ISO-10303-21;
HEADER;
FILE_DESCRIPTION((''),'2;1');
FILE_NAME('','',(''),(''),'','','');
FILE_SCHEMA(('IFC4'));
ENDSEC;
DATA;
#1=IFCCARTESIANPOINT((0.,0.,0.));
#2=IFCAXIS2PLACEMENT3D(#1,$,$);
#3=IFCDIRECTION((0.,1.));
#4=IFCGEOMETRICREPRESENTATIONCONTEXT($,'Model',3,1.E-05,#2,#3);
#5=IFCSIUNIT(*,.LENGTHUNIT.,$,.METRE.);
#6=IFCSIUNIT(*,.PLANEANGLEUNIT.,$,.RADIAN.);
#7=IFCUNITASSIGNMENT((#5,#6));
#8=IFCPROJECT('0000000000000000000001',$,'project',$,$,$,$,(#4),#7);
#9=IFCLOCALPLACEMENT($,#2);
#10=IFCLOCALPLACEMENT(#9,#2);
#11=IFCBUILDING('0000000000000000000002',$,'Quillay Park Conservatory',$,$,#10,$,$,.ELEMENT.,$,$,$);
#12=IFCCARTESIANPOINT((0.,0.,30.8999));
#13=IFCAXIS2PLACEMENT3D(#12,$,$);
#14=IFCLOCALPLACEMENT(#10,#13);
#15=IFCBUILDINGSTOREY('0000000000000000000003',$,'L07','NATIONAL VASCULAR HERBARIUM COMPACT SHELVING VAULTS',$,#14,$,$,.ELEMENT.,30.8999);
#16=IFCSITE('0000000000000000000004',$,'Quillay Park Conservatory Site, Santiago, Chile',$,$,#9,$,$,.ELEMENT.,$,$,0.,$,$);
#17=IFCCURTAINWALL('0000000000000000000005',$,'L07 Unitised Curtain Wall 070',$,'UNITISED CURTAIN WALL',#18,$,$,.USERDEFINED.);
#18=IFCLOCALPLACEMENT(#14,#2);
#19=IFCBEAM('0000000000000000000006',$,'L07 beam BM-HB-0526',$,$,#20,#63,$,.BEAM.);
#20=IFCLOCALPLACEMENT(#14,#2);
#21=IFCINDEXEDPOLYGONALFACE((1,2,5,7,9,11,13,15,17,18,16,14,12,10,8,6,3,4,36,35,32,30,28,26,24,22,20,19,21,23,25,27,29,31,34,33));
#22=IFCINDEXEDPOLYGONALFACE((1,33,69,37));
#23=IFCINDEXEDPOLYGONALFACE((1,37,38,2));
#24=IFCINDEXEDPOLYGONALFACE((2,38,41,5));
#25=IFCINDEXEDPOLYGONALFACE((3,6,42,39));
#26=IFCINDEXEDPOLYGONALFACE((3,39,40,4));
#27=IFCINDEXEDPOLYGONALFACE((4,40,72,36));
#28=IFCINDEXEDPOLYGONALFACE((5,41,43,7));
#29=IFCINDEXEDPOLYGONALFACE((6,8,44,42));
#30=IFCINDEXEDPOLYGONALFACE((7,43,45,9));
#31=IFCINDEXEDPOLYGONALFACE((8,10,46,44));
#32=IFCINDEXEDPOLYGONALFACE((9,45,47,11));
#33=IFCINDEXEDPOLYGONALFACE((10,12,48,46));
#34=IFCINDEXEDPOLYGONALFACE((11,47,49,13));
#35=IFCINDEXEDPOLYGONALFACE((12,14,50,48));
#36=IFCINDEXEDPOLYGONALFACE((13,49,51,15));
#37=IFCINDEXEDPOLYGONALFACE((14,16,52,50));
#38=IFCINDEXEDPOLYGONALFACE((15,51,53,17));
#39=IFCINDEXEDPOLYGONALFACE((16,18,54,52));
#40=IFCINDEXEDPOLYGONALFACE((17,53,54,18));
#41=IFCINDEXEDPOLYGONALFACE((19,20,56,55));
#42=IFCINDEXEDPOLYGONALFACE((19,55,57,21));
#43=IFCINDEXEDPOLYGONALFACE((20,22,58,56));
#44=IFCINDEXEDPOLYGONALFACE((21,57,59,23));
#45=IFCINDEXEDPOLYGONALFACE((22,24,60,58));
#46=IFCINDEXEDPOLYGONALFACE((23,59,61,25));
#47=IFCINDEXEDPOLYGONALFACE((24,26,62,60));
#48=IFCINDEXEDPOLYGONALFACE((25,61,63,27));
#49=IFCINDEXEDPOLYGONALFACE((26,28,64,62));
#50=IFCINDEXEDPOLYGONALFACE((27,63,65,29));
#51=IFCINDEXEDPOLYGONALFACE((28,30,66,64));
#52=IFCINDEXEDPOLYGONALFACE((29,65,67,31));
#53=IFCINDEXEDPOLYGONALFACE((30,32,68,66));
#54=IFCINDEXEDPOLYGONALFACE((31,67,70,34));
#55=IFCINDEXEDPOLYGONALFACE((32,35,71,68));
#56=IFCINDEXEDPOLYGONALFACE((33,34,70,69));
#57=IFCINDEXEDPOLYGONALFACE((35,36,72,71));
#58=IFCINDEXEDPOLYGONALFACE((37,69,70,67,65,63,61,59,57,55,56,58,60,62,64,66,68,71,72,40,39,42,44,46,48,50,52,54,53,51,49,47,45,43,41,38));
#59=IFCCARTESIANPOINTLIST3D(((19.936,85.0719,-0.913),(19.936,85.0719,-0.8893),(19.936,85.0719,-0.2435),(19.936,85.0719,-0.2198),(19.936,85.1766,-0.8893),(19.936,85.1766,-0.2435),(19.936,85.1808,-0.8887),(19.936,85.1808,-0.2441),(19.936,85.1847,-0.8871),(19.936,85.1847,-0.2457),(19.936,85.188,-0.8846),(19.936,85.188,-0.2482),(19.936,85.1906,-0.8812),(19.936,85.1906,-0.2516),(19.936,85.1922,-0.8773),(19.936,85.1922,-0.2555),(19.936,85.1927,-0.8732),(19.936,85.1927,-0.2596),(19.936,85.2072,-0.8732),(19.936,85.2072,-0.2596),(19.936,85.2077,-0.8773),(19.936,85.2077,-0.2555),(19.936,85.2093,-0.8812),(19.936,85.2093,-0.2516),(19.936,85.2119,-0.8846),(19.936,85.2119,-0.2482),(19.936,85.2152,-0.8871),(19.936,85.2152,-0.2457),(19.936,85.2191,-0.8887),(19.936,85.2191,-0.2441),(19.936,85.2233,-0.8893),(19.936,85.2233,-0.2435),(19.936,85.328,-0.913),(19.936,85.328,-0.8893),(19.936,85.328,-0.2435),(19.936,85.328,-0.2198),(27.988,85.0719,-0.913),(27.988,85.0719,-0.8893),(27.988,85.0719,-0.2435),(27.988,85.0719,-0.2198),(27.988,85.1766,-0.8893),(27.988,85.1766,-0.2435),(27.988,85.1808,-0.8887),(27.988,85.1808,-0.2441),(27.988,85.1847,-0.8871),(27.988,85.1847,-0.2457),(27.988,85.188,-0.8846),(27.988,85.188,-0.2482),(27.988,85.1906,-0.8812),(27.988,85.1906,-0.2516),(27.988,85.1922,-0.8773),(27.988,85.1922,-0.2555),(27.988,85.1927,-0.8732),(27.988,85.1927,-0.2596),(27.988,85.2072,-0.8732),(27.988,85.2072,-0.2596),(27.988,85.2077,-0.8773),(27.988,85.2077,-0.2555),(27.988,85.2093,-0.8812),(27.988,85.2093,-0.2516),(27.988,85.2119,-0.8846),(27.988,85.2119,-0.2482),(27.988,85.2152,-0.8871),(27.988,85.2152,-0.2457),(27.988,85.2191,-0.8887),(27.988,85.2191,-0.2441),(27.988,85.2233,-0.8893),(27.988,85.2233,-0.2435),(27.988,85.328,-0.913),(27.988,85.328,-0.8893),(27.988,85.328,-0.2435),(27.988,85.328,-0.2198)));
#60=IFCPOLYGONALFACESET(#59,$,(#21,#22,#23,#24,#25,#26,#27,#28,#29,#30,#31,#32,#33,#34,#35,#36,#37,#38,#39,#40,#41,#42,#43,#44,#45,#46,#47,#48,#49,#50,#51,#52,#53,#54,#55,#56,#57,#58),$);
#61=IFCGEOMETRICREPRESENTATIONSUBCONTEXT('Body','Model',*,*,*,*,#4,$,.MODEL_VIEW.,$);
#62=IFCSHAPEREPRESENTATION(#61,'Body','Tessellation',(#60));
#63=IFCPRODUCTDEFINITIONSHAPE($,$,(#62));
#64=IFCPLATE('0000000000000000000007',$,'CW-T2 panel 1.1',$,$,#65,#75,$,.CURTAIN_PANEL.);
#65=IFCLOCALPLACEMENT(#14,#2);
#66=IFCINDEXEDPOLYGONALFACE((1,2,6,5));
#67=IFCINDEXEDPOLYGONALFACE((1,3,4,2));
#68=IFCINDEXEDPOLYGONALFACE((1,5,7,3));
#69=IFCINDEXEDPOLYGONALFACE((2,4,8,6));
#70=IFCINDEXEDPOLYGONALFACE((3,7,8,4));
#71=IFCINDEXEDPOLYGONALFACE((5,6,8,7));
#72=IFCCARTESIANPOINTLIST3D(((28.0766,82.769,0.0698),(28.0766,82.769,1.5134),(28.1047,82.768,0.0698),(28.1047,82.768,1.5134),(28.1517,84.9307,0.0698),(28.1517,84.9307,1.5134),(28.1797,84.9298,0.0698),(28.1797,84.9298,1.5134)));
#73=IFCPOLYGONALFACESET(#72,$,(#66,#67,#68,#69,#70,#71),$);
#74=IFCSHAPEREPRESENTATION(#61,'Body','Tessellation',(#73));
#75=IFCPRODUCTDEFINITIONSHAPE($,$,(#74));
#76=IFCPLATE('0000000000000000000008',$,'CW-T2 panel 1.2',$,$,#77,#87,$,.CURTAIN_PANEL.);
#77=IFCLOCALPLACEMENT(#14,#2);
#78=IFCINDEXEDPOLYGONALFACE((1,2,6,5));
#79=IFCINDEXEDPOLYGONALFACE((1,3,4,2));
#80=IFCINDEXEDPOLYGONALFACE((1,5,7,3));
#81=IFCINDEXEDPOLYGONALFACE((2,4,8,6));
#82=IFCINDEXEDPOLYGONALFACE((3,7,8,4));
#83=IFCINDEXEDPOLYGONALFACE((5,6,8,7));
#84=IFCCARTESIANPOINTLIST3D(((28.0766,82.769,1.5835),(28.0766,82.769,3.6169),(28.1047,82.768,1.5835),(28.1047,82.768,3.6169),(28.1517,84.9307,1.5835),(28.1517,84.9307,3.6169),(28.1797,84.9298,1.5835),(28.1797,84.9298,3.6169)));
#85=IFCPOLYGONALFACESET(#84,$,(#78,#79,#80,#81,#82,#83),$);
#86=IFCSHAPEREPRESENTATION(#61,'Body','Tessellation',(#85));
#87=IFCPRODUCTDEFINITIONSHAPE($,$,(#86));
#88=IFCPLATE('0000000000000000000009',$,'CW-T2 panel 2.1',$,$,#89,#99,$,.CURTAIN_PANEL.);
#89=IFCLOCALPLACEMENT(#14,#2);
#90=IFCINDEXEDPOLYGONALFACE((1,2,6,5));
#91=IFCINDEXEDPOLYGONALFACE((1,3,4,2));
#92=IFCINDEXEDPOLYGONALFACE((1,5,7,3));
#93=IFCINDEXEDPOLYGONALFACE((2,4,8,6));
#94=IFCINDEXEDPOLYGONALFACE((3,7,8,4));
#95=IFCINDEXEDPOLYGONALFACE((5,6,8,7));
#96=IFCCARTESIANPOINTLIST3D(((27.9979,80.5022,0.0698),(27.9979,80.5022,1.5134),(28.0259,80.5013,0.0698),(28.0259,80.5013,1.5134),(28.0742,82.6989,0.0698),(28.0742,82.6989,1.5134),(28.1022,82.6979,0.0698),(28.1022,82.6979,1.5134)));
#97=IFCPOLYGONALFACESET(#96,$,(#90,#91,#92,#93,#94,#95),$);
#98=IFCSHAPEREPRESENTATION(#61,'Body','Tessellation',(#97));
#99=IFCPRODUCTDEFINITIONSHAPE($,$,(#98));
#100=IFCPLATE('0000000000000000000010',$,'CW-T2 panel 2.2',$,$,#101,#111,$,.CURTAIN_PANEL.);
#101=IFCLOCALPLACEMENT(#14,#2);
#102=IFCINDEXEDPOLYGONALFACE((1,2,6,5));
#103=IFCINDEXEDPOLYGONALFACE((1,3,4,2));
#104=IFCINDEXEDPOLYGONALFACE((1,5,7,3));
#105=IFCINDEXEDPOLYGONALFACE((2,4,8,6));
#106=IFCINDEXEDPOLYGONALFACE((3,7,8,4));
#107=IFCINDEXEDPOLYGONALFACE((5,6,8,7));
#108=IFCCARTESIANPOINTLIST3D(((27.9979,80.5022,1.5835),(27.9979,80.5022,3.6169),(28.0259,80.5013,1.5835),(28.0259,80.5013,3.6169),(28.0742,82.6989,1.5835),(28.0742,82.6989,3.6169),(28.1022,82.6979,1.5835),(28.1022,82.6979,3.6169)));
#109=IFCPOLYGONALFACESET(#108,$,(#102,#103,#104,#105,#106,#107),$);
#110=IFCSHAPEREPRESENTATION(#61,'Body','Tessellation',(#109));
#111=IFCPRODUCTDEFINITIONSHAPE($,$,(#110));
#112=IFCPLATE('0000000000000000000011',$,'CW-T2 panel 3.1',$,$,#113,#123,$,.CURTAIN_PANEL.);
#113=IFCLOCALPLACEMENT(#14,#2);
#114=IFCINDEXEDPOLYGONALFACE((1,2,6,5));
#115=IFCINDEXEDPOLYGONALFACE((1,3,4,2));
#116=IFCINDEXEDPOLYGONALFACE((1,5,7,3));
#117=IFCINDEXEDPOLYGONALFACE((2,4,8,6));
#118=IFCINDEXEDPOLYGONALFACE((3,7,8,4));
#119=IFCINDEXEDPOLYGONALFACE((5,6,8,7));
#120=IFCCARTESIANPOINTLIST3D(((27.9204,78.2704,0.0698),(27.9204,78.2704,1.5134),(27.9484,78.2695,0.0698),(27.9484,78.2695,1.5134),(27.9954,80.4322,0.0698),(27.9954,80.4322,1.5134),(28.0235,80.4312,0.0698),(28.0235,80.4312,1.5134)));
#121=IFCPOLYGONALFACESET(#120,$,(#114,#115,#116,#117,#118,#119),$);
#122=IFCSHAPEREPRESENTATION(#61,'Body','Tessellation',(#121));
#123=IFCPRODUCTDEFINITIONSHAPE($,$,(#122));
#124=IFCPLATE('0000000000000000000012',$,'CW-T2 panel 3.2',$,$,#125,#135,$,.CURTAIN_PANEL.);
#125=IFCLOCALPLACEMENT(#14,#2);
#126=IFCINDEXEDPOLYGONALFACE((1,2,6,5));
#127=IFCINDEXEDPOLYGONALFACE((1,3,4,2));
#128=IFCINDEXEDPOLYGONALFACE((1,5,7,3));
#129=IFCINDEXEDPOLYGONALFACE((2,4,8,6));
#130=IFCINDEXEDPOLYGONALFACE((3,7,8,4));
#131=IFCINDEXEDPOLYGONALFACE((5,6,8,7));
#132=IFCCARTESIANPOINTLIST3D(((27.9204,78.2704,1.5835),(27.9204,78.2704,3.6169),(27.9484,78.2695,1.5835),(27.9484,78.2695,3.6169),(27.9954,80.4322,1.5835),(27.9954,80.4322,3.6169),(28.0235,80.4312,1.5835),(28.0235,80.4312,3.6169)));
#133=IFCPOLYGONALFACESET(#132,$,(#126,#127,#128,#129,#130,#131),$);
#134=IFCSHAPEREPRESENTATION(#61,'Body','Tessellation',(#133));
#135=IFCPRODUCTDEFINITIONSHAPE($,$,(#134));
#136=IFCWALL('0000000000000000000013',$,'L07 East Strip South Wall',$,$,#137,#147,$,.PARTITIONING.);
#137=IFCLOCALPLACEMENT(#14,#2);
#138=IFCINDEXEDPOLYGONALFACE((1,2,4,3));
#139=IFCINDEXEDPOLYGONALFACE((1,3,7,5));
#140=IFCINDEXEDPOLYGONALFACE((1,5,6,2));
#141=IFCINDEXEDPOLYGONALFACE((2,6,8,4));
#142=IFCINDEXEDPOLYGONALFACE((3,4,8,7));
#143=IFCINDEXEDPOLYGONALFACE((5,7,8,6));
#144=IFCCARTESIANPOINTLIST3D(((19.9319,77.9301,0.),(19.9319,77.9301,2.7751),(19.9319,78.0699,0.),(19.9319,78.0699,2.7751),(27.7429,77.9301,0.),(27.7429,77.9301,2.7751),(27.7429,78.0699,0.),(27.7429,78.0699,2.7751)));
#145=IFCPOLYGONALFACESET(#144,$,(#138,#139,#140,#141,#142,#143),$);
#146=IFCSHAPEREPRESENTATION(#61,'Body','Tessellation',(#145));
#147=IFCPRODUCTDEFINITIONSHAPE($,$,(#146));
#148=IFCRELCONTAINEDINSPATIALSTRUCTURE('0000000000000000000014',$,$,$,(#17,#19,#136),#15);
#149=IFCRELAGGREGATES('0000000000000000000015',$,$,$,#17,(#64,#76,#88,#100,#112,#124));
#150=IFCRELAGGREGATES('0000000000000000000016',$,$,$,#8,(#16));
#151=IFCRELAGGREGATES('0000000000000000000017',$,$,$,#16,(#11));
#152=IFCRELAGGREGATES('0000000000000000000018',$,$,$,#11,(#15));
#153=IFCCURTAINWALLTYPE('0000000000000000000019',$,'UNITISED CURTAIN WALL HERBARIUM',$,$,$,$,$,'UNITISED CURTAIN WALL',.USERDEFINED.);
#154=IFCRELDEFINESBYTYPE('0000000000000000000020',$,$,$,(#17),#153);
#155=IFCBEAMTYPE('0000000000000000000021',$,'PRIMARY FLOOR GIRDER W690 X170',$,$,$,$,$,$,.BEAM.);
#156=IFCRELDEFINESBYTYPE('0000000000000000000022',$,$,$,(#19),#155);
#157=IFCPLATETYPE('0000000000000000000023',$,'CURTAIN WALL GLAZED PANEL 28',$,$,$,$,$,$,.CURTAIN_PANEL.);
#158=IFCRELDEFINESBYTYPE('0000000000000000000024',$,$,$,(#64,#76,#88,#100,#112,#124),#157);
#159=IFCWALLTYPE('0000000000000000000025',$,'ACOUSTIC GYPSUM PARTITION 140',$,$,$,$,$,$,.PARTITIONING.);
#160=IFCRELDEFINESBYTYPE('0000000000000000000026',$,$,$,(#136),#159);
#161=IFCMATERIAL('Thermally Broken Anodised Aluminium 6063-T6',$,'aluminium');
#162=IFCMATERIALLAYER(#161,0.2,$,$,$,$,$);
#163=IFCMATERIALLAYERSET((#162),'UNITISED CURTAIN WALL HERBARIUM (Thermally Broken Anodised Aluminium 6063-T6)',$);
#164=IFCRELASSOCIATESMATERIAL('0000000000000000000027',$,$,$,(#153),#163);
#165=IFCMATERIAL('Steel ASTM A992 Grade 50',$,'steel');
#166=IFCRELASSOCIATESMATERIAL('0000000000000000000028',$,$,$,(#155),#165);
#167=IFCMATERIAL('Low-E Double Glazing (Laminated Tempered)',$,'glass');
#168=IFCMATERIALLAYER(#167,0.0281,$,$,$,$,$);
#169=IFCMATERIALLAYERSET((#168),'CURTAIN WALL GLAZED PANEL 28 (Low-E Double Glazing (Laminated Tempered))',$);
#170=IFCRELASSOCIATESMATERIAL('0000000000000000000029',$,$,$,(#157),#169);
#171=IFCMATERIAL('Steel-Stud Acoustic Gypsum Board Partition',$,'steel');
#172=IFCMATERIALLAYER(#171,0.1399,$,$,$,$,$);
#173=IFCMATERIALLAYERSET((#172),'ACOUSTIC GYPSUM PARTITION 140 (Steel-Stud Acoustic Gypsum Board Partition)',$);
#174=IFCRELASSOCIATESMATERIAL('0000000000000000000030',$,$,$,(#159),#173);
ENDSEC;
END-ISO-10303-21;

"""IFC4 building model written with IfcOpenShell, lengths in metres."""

from ifc_helpers import new_model, si_unit, direction, frame, frame_2d, origin, origin_2d, place, context, subcontext, project, spatial, rectangle, i_section, extrude, material, layer, layer_set, material_profile, profile_set, type_object, element, aggregate, save


model = new_model("IFC4")

# Units and contexts
model_context = context("Model", 3, precision=1e-05, world=origin(), true_north=direction((0.0, 1.0)))
body_context = subcontext(model_context, "Body", "Model", "MODEL_VIEW")
ifc_project = project(units=[si_unit("LENGTHUNIT", "METRE"), si_unit("PLANEANGLEUNIT", "RADIAN")], contexts=[model_context])

# Site, building, storey
site_placement = place(None, origin())
site = spatial("IfcSite", under=ifc_project, at=site_placement, Name="Quillay Park Conservatory Site, Santiago, Chile", CompositionType="ELEMENT", RefElevation=0.0)
building_placement = place(site_placement, origin())
building = spatial("IfcBuilding", under=site, at=building_placement, Name="Quillay Park Conservatory", CompositionType="ELEMENT")
storey_placement = place(building_placement, frame((0.0, 0.0, 30.8999)))
storey = spatial("IfcBuildingStorey", under=building, at=storey_placement, Name="L07", Description="NATIONAL VASCULAR HERBARIUM COMPACT SHELVING VAULTS", CompositionType="ELEMENT", Elevation=30.8999)

# Curtain wall
ifc_material_1 = material(Name="Thermally Broken Anodised Aluminium 6063-T6", Category="aluminium")
ifc_layer_1 = layer(ifc_material_1, 0.2)
ifc_layer_set_1 = layer_set([ifc_layer_1], Name="UNITISED CURTAIN WALL HERBARIUM (Thermally Broken Anodised Aluminium 6063-T6)")
curtain_wall_type = type_object("IfcCurtainWallType", Name="UNITISED CURTAIN WALL HERBARIUM", ElementType="UNITISED CURTAIN WALL", PredefinedType="USERDEFINED", material=ifc_layer_set_1)
curtain_wall_placement = place(storey_placement, origin())
curtain_wall = element("IfcCurtainWall", 1, at=curtain_wall_placement, inside=storey, type_object=curtain_wall_type, Name="L07 Unitised Curtain Wall 070", ObjectType="UNITISED CURTAIN WALL", PredefinedType="USERDEFINED")

# Beam
ifc_material_2 = material(Name="Steel ASTM A992 Grade 50", Category="steel")
ifc_material_profile_1 = material_profile(ifc_material_2, i_section(OverallWidth=0.2561, OverallDepth=0.6931, WebThickness=0.0144, FlangeThickness=0.0237, FilletRadius=0.0161, at=origin_2d()), Name="W690x170")
ifc_profile_set_1 = profile_set([ifc_material_profile_1], Name="Steel ASTM A992 Grade 50")
beam_type_1 = type_object("IfcBeamType", Name="PRIMARY FLOOR GIRDER W690 X170", PredefinedType="BEAM", material=ifc_profile_set_1)
beam_1_placement = place(storey_placement, frame((19.936, 85.2, -0.5664), z_axis=(1.0, 0.0, 0.0), x_axis=(0.0, 1.0, 0.0)))
element("IfcBeam", 2, at=beam_1_placement, inside=storey, type_object=beam_type_1, Name="L07 beam BM-HB-0526", PredefinedType="BEAM", context=body_context, shape_type="SweptSolid", body=[
    extrude(i_section(OverallWidth=0.2561, OverallDepth=0.6931, WebThickness=0.0144, FlangeThickness=0.0237, FilletRadius=0.0161, at=origin_2d()), origin(), (0.0, 0.0, 1.0), 8.052),
])

# Plates
ifc_material_3 = material(Name="Low-E Double Glazing (Laminated Tempered)", Category="glass")
ifc_layer_2 = layer(ifc_material_3, 0.0281)
ifc_layer_set_2 = layer_set([ifc_layer_2], Name="CURTAIN WALL GLAZED PANEL 28 (Low-E Double Glazing (Laminated Tempered))")
plate_type = type_object("IfcPlateType", Name="CURTAIN WALL GLAZED PANEL 28", PredefinedType="CURTAIN_PANEL", material=ifc_layer_set_2)
plate_1_placement = place(storey_placement, frame((28.1282, 83.8494, 0.0698), z_axis=(0.0, 0.0, 1.0), x_axis=(-0.034713, -0.999397, 0.0)))
plate_1 = element("IfcPlate", 3, at=plate_1_placement, type_object=plate_type, Name="CW-T2 panel 1.1", PredefinedType="CURTAIN_PANEL", context=body_context, shape_type="SweptSolid", body=[
    extrude(rectangle(XDim=2.1631, YDim=0.0281, at=origin_2d()), origin(), (0.0, 0.0, 1.0), 1.4436),
])
plate_2_placement = place(storey_placement, frame((28.1282, 83.8494, 1.5835), z_axis=(0.0, 0.0, 1.0), x_axis=(-0.034713, -0.999397, 0.0)))
plate_2 = element("IfcPlate", 4, at=plate_2_placement, type_object=plate_type, Name="CW-T2 panel 1.2", PredefinedType="CURTAIN_PANEL", context=body_context, shape_type="SweptSolid", body=[
    extrude(rectangle(XDim=2.1631, YDim=0.0281, at=origin_2d()), origin(), (0.0, 0.0, 1.0), 2.0334),
])
plate_3_placement = place(storey_placement, frame((28.05, 81.6001, 0.0698), z_axis=(0.0, 0.0, 1.0), x_axis=(-0.034713, -0.999397, 0.0)))
plate_3 = element("IfcPlate", 5, at=plate_3_placement, type_object=plate_type, Name="CW-T2 panel 2.1", PredefinedType="CURTAIN_PANEL", context=body_context, shape_type="SweptSolid", body=[
    extrude(rectangle(XDim=2.198, YDim=0.0281, at=origin_2d()), origin(), (0.0, 0.0, 1.0), 1.4436),
])
plate_4_placement = place(storey_placement, frame((28.05, 81.6001, 1.5835), z_axis=(0.0, 0.0, 1.0), x_axis=(-0.034713, -0.999397, 0.0)))
plate_4 = element("IfcPlate", 6, at=plate_4_placement, type_object=plate_type, Name="CW-T2 panel 2.2", PredefinedType="CURTAIN_PANEL", context=body_context, shape_type="SweptSolid", body=[
    extrude(rectangle(XDim=2.198, YDim=0.0281, at=origin_2d()), origin(), (0.0, 0.0, 1.0), 2.0334),
])
plate_5_placement = place(storey_placement, frame((27.9719, 79.3508, 0.0698), z_axis=(0.0, 0.0, 1.0), x_axis=(-0.034713, -0.999397, 0.0)))
plate_5 = element("IfcPlate", 7, at=plate_5_placement, type_object=plate_type, Name="CW-T2 panel 3.1", PredefinedType="CURTAIN_PANEL", context=body_context, shape_type="SweptSolid", body=[
    extrude(rectangle(XDim=2.1631, YDim=0.0281, at=origin_2d()), origin(), (0.0, 0.0, 1.0), 1.4436),
])
plate_6_placement = place(storey_placement, frame((27.9719, 79.3508, 1.5835), z_axis=(0.0, 0.0, 1.0), x_axis=(-0.034713, -0.999397, 0.0)))
plate_6 = element("IfcPlate", 8, at=plate_6_placement, type_object=plate_type, Name="CW-T2 panel 3.2", PredefinedType="CURTAIN_PANEL", context=body_context, shape_type="SweptSolid", body=[
    extrude(rectangle(XDim=2.1631, YDim=0.0281, at=origin_2d()), origin(), (0.0, 0.0, 1.0), 2.0334),
])
aggregate(curtain_wall, [plate_1, plate_2, plate_3, plate_4, plate_5, plate_6])

# Wall
ifc_material_4 = material(Name="Steel-Stud Acoustic Gypsum Board Partition", Category="steel")
ifc_layer_3 = layer(ifc_material_4, 0.1399)
ifc_layer_set_3 = layer_set([ifc_layer_3], Name="ACOUSTIC GYPSUM PARTITION 140 (Steel-Stud Acoustic Gypsum Board Partition)")
wall_type = type_object("IfcWallType", Name="ACOUSTIC GYPSUM PARTITION 140", PredefinedType="PARTITIONING", material=ifc_layer_set_3)
wall_placement = place(storey_placement, frame((27.7429, 78.0, 0.0), z_axis=(0.0, 0.0, 1.0), x_axis=(-1.0, 0.0, 0.0)))
element("IfcWall", 9, at=wall_placement, inside=storey, type_object=wall_type, Name="L07 East Strip South Wall", PredefinedType="PARTITIONING", context=body_context, shape_type="SweptSolid", body=[
    extrude(rectangle(XDim=7.811, YDim=0.1399, at=frame_2d((3.9055, 0.0))), origin(), (0.0, 0.0, 1.0), 2.7751),
])

save(model, "model.ifc")
